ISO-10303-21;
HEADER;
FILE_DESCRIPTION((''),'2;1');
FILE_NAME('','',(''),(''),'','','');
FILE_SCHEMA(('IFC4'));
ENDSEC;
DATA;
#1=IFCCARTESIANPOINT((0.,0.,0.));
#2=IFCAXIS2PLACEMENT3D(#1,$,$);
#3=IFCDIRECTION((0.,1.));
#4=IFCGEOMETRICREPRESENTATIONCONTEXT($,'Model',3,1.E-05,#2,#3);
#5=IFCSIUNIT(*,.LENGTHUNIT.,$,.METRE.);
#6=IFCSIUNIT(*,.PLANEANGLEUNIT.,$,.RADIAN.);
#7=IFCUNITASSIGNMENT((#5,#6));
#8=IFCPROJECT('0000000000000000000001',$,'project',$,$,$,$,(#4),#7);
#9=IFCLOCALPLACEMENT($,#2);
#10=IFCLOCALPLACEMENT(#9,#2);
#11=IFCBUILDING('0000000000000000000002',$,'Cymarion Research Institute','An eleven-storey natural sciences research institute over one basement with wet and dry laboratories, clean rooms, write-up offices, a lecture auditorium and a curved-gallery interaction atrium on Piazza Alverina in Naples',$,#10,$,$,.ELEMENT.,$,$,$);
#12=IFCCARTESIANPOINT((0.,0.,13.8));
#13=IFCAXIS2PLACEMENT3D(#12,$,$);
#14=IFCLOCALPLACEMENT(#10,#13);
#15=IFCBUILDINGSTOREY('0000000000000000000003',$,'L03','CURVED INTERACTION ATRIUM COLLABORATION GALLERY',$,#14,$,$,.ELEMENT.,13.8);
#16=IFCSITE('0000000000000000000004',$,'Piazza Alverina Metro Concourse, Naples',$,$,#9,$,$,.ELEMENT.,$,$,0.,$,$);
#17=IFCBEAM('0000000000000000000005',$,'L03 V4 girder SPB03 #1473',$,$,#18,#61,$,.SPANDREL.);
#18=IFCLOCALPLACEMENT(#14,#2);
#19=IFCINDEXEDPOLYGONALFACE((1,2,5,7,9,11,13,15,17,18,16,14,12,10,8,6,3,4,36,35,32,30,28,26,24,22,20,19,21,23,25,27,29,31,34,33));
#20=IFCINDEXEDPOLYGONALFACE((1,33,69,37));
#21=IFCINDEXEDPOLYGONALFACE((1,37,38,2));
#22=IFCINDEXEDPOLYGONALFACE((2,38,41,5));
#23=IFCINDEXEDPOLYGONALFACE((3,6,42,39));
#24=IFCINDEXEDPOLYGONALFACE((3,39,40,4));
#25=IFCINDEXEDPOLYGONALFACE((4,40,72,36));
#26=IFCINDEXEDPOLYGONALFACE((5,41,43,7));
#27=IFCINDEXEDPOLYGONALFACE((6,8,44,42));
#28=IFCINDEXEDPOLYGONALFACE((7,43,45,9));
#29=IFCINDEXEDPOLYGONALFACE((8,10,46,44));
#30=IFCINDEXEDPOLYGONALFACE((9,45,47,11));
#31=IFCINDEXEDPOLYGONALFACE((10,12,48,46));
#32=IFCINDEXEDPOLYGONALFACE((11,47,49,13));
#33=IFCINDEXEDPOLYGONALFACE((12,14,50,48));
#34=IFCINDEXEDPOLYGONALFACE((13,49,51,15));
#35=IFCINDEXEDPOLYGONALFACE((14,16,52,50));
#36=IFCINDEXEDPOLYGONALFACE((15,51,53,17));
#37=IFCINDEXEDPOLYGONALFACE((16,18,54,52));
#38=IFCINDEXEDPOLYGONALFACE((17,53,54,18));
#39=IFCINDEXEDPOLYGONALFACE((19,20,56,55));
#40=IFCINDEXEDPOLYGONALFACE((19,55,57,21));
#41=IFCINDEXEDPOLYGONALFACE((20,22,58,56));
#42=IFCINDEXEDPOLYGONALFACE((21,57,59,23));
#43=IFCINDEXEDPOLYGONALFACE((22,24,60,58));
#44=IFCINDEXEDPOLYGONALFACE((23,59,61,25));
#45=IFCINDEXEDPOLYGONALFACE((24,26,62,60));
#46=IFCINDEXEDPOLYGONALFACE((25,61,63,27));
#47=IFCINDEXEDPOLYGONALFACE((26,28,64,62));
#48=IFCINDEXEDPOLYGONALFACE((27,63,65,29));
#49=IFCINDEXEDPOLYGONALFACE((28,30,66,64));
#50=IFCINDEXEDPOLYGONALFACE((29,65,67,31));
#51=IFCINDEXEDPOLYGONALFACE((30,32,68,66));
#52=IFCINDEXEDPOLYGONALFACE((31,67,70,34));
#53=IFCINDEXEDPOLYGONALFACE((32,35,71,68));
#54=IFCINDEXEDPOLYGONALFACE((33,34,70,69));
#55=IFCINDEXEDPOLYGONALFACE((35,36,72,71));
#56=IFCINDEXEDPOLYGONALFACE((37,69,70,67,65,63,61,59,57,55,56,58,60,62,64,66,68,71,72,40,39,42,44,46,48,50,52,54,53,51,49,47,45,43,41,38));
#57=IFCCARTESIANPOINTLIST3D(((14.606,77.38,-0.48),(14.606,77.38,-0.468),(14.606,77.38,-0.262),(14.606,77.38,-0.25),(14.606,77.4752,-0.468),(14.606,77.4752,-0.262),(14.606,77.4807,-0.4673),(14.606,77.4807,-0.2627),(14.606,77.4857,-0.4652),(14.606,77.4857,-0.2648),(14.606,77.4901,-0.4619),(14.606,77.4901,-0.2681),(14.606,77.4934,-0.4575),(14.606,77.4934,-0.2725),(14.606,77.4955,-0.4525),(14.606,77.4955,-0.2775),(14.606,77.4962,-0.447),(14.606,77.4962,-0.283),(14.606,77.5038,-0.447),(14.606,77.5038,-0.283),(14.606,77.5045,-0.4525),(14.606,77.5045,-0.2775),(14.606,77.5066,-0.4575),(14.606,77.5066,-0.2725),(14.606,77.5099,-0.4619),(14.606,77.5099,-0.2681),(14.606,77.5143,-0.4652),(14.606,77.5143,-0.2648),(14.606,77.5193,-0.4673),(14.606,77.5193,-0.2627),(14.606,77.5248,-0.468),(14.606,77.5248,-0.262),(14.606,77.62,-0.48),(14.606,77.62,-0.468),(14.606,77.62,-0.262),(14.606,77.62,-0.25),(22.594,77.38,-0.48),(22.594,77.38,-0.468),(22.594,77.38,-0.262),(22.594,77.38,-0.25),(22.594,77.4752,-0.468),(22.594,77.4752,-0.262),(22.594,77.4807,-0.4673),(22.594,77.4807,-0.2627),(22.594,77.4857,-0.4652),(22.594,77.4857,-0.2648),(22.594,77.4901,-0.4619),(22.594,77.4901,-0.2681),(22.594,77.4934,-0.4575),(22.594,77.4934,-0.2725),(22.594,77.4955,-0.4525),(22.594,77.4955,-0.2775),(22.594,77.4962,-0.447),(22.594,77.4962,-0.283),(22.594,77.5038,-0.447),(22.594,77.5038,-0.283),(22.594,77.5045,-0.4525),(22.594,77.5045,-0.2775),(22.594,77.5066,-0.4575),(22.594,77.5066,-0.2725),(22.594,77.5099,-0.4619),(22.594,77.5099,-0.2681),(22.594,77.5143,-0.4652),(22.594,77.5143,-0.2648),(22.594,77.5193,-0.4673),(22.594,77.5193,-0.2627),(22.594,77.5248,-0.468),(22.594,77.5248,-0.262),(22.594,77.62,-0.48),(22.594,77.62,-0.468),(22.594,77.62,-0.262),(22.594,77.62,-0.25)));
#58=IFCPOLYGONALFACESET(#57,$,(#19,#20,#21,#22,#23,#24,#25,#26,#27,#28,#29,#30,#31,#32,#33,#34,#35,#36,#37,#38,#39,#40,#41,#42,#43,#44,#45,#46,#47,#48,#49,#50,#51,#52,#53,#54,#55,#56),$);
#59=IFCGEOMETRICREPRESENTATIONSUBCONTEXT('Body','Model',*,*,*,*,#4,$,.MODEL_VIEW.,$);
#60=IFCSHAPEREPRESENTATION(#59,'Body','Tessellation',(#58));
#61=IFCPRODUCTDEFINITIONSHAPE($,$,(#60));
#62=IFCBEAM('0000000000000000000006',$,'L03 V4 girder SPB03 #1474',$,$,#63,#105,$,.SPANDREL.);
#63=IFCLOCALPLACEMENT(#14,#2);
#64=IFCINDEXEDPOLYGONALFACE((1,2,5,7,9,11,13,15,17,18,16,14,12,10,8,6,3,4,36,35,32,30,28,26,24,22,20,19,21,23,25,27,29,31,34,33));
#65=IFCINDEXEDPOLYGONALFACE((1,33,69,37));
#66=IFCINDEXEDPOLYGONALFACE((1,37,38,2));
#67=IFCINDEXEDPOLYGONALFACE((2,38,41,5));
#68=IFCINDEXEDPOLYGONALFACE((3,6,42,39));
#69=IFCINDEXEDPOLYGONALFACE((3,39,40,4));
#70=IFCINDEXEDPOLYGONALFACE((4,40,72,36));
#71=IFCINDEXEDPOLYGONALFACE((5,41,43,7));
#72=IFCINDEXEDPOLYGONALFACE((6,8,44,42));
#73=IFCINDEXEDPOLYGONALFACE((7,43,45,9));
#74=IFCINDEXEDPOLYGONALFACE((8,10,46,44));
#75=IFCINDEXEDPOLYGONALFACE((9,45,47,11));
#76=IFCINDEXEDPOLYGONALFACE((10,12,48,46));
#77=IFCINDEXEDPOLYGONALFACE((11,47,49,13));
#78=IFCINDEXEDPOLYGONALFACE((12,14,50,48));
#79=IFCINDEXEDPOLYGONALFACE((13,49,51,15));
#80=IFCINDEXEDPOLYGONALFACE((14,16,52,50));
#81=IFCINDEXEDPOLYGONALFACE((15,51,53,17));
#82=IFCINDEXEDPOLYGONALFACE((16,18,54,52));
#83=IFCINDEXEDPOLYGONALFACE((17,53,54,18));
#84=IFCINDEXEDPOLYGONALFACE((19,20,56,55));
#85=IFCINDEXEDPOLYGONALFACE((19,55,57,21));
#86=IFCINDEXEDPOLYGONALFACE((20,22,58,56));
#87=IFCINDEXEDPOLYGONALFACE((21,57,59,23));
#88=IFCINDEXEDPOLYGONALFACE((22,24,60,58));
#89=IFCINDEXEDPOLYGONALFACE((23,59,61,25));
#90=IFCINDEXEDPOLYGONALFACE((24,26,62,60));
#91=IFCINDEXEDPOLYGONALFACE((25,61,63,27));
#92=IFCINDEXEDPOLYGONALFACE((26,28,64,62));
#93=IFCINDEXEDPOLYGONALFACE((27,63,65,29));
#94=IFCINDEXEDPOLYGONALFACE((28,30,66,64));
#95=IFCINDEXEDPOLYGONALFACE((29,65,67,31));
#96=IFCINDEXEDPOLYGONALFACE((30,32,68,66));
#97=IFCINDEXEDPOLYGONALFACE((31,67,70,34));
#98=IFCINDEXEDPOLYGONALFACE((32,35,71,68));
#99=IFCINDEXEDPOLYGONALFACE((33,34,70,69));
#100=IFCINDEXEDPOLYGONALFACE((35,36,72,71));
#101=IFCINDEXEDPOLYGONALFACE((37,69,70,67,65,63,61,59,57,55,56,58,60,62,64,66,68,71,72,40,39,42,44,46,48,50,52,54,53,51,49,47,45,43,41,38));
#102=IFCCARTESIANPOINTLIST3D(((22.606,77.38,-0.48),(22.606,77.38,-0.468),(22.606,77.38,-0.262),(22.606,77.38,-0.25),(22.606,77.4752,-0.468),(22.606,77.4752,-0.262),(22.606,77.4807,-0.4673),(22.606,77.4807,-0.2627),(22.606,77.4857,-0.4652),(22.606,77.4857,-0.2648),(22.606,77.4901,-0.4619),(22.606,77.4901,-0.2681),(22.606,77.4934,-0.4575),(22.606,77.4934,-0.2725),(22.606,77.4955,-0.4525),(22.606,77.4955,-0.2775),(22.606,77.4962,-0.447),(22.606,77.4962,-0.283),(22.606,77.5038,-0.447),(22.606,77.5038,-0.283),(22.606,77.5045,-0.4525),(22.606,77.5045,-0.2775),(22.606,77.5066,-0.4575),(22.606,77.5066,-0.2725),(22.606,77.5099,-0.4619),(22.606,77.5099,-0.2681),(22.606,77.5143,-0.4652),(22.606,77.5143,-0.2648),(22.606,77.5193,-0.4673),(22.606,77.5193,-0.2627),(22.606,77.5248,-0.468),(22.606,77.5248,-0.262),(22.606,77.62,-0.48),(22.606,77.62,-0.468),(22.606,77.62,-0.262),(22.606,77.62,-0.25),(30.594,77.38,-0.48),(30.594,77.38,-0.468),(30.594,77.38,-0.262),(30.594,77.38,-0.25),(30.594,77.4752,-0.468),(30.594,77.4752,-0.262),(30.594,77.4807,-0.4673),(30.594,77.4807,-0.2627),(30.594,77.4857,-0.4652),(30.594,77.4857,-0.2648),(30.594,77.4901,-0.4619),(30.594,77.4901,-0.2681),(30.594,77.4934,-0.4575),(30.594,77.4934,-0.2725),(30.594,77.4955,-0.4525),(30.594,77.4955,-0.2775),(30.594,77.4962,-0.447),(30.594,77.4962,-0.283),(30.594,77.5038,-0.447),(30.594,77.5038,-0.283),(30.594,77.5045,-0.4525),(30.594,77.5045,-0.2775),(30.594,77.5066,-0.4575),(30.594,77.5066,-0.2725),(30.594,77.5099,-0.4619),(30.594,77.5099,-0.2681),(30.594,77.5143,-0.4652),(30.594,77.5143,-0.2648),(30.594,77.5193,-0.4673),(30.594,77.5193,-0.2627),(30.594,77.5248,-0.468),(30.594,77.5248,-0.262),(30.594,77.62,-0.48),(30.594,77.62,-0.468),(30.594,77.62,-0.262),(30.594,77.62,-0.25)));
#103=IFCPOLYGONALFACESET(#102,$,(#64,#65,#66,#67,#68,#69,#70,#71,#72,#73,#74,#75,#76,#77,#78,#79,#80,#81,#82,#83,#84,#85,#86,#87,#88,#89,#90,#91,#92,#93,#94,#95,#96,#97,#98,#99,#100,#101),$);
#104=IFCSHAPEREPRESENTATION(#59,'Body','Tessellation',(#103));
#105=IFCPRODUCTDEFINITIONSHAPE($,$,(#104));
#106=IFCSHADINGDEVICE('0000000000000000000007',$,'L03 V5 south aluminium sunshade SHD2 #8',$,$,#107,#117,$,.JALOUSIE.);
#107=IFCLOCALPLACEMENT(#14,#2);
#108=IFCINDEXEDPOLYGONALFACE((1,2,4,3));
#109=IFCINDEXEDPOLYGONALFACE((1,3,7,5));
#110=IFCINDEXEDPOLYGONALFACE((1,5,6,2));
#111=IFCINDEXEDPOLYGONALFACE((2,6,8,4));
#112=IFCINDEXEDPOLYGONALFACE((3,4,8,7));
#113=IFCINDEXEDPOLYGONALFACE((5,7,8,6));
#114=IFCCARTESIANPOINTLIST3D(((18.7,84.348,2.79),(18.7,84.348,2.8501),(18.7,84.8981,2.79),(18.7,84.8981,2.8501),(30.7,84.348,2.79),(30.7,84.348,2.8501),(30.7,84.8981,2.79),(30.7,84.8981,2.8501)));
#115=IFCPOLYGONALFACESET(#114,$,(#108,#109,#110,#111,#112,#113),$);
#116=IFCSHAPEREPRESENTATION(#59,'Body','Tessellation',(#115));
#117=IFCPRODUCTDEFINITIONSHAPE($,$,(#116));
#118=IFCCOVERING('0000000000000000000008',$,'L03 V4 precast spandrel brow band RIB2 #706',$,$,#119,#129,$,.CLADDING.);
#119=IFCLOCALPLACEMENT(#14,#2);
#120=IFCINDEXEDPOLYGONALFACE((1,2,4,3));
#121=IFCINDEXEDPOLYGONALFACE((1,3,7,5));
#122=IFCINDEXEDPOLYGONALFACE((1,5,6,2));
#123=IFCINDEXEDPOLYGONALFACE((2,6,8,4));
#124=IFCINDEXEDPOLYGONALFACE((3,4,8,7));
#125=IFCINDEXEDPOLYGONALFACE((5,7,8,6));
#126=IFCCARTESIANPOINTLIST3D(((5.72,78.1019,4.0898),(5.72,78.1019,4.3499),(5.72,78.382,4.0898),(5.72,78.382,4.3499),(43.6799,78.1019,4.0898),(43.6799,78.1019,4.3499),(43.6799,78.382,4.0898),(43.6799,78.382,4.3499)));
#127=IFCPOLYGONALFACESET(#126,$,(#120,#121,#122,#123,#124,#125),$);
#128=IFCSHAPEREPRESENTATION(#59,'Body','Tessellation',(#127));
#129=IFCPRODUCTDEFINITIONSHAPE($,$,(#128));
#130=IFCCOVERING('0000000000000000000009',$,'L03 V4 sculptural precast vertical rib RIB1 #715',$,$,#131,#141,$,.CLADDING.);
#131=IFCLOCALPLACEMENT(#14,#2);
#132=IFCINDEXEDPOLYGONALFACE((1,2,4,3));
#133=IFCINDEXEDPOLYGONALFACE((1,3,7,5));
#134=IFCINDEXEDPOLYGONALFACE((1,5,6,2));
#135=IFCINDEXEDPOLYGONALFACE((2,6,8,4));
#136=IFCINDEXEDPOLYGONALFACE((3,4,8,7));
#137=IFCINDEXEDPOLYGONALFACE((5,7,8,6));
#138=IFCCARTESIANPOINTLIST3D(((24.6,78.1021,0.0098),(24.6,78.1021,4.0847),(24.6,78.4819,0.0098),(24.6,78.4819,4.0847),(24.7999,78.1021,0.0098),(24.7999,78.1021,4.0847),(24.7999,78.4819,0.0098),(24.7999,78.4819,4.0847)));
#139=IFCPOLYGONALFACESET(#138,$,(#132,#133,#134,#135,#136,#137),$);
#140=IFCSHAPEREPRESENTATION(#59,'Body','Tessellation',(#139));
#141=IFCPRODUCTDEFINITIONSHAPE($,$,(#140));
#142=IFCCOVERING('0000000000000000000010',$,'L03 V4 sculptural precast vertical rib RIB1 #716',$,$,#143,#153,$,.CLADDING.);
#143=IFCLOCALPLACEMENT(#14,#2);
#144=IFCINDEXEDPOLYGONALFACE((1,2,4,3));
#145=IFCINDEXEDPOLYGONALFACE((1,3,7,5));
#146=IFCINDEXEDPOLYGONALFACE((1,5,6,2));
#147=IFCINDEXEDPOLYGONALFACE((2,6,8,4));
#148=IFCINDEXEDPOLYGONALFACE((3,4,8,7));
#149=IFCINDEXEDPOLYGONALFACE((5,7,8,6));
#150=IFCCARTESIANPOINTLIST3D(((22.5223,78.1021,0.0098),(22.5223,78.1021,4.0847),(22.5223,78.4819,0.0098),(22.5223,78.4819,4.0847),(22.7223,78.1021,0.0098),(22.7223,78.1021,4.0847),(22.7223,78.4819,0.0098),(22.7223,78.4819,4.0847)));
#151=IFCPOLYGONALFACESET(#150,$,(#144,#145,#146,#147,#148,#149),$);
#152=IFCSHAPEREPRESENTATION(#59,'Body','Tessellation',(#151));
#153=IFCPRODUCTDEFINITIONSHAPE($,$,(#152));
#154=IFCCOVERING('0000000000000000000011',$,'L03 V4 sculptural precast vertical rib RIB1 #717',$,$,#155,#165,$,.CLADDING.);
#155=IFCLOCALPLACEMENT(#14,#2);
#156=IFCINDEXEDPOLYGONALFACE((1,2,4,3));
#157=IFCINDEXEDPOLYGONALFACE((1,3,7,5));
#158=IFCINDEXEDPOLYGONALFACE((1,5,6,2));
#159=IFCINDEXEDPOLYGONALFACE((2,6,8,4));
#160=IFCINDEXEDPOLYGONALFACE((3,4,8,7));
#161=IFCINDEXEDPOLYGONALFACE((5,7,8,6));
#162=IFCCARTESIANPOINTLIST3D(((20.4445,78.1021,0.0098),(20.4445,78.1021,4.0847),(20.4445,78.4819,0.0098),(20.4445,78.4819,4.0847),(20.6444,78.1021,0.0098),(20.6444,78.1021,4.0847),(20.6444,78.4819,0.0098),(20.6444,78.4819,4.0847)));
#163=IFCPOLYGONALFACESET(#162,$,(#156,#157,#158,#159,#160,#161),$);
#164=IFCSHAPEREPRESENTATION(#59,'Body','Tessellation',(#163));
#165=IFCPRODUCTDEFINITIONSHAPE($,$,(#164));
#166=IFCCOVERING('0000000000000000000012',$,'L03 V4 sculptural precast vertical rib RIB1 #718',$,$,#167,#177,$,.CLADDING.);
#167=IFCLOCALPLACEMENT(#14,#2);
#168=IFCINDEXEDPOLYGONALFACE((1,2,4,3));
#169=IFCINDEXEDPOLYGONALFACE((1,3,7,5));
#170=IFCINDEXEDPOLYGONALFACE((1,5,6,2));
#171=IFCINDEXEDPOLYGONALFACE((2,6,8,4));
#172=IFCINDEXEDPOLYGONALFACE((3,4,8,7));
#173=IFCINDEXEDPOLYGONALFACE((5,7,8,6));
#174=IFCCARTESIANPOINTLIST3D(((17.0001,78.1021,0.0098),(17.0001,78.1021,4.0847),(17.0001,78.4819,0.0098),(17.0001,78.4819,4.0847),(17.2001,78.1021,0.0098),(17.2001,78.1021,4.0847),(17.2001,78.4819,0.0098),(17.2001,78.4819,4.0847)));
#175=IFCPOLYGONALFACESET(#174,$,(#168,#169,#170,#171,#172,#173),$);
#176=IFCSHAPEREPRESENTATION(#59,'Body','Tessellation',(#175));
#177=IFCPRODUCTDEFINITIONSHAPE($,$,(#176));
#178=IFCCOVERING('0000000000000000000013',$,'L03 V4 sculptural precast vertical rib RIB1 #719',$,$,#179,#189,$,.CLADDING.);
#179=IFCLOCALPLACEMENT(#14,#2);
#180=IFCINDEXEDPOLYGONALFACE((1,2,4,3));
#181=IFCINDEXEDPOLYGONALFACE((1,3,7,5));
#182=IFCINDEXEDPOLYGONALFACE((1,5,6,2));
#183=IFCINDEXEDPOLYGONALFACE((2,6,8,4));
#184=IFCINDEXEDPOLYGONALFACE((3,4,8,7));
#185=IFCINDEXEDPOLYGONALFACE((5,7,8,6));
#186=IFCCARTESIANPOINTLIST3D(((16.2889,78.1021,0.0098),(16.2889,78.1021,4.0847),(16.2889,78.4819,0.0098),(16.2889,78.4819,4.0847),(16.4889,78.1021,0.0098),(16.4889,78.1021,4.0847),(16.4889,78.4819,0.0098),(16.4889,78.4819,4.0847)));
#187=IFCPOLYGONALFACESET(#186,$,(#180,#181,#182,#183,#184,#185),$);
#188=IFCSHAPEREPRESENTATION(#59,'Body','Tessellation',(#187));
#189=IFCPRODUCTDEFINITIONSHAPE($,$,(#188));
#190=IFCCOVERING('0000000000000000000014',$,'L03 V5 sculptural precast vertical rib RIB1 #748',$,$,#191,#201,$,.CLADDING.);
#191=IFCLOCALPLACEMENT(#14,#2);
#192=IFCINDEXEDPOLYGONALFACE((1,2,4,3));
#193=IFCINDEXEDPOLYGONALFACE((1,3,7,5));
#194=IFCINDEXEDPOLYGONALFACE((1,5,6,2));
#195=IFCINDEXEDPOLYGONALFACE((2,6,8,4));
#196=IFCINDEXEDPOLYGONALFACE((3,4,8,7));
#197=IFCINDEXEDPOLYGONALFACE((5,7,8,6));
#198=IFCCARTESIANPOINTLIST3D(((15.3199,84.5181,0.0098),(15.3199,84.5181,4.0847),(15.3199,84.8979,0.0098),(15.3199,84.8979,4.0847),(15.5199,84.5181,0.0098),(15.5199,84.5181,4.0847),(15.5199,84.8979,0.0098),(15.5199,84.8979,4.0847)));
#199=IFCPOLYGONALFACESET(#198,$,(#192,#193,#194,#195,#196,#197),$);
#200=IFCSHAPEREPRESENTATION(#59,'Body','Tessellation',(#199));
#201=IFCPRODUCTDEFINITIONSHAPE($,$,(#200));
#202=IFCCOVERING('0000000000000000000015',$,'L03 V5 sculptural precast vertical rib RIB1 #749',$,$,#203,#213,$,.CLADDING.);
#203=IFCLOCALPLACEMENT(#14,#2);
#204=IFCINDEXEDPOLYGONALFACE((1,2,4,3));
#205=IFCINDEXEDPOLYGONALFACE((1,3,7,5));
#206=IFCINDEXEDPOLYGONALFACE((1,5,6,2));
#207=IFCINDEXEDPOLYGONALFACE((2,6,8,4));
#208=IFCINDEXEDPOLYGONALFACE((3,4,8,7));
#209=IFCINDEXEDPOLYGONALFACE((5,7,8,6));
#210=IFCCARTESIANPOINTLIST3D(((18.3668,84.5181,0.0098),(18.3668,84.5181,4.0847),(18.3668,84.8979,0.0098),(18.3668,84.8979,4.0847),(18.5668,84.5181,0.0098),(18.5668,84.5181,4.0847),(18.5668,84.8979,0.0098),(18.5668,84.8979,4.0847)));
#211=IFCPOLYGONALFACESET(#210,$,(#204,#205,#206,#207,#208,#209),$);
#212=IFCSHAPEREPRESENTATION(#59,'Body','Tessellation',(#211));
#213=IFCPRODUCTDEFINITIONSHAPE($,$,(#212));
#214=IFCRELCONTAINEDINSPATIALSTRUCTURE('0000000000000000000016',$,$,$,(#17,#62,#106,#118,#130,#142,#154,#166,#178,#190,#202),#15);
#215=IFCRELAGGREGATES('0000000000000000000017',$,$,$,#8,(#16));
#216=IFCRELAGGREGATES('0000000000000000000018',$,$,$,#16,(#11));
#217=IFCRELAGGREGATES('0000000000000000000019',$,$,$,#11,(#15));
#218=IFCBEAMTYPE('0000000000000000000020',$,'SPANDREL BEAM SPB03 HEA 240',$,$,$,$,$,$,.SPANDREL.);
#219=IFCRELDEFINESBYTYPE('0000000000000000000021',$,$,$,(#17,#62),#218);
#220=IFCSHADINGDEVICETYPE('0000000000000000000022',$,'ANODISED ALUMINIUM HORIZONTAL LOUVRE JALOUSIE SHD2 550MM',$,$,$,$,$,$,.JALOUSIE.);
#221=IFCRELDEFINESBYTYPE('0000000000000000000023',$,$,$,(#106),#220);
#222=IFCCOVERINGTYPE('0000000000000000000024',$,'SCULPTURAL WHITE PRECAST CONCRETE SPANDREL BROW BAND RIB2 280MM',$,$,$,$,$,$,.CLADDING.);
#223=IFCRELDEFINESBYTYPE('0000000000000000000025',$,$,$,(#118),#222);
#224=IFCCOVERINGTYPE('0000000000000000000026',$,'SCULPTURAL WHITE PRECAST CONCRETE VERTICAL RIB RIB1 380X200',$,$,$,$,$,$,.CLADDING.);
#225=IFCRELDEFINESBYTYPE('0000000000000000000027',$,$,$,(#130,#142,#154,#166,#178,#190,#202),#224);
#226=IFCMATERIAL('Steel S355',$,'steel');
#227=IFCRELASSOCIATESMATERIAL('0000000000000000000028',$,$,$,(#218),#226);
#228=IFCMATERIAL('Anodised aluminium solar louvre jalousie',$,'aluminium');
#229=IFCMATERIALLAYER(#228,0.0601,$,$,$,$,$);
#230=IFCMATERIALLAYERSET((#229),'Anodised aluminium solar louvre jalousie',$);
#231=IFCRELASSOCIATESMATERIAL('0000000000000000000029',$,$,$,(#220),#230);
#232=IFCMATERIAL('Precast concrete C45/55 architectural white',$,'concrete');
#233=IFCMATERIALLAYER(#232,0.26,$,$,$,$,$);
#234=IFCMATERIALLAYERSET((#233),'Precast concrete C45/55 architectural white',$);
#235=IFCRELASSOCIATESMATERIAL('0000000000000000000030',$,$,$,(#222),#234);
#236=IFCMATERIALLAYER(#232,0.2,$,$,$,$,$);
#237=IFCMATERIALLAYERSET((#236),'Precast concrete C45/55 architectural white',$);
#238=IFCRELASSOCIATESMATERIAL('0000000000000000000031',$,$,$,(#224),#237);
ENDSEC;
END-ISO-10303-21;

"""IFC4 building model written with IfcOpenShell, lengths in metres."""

from ifc_helpers import new_model, si_unit, direction, frame, origin, origin_2d, place, context, subcontext, project, spatial, rectangle, i_section, extrude, material, layer, layer_set, material_profile, profile_set, type_object, element, save


model = new_model("IFC4")

# Units and contexts
model_context = context("Model", 3, precision=1e-05, world=origin(), true_north=direction((0.0, 1.0)))
body_context = subcontext(model_context, "Body", "Model", "MODEL_VIEW")
ifc_project = project(units=[si_unit("LENGTHUNIT", "METRE"), si_unit("PLANEANGLEUNIT", "RADIAN")], contexts=[model_context])

# Site, building, storey
site_placement = place(None, origin())
site = spatial("IfcSite", under=ifc_project, at=site_placement, Name="Piazza Alverina Metro Concourse, Naples", CompositionType="ELEMENT", RefElevation=0.0)
building_placement = place(site_placement, origin())
building = spatial("IfcBuilding", under=site, at=building_placement, Name="Cymarion Research Institute", Description="An eleven-storey natural sciences research institute over one basement with wet and dry laboratories, clean rooms, write-up offices, a lecture auditorium and a curved-gallery interaction atrium on Piazza Alverina in Naples", CompositionType="ELEMENT")
storey_placement = place(building_placement, frame((0.0, 0.0, 13.8)))
storey = spatial("IfcBuildingStorey", under=building, at=storey_placement, Name="L03", Description="CURVED INTERACTION ATRIUM COLLABORATION GALLERY", CompositionType="ELEMENT", Elevation=13.8)

# Shared definitions
ifc_material_1 = material(Name="Steel S355", Category="steel")

# Beams
ifc_material_profile_1 = material_profile(ifc_material_1, i_section(OverallWidth=0.24, OverallDepth=0.23, WebThickness=0.0076, FlangeThickness=0.012, FilletRadius=0.021, at=origin_2d()), Name="HEA 240")
ifc_profile_set_1 = profile_set([ifc_material_profile_1], Name="Steel S355")
beam_type_1 = type_object("IfcBeamType", Name="SPANDREL BEAM SPB03 HEA 240", PredefinedType="SPANDREL", material=ifc_profile_set_1)
for number, where, z_axis, x_axis, name in (
    (1, (14.606, 77.5, -0.365), (1.0, 0.0, 0.0), (0.0, 1.0, 0.0), "L03 V4 girder SPB03 #1473"),
    (2, (22.606, 77.5, -0.365), (1.0, 0.0, 0.0), (0.0, 1.0, 0.0), "L03 V4 girder SPB03 #1474"),
):
    element("IfcBeam", number, at=place(storey_placement, frame(where, z_axis=z_axis, x_axis=x_axis)), inside=storey, type_object=beam_type_1, Name=name, PredefinedType="SPANDREL", context=body_context, shape_type="SweptSolid", body=[
        extrude(i_section(OverallWidth=0.24, OverallDepth=0.23, WebThickness=0.0076, FlangeThickness=0.012, FilletRadius=0.021, at=origin_2d()), origin(), (0.0, 0.0, 1.0), 7.988),
    ])

# Shading device
ifc_material_2 = material(Name="Anodised aluminium solar louvre jalousie", Category="aluminium")
ifc_layer_1 = layer(ifc_material_2, 0.0601)
ifc_layer_set_1 = layer_set([ifc_layer_1], Name="Anodised aluminium solar louvre jalousie")
shading_device_type = type_object("IfcShadingDeviceType", Name="ANODISED ALUMINIUM HORIZONTAL LOUVRE JALOUSIE SHD2 550MM", PredefinedType="JALOUSIE", material=ifc_layer_set_1)
shading_device_placement = place(storey_placement, frame((24.7, 84.623, 2.79), z_axis=(0.0, 0.0, 1.0), x_axis=(0.0, -1.0, 0.0)))
element("IfcShadingDevice", 3, at=shading_device_placement, inside=storey, type_object=shading_device_type, Name="L03 V5 south aluminium sunshade SHD2 #8", PredefinedType="JALOUSIE", context=body_context, shape_type="SweptSolid", body=[
    extrude(rectangle(XDim=0.55, YDim=12.0, at=origin_2d()), origin(), (0.0, 0.0, 1.0), 0.0601),
])

# Coverings
ifc_material_3 = material(Name="Precast concrete C45/55 architectural white", Category="concrete")
ifc_layer_2 = layer(ifc_material_3, 0.26)
ifc_layer_set_2 = layer_set([ifc_layer_2], Name="Precast concrete C45/55 architectural white")
covering_type_1 = type_object("IfcCoveringType", Name="SCULPTURAL WHITE PRECAST CONCRETE SPANDREL BROW BAND RIB2 280MM", PredefinedType="CLADDING", material=ifc_layer_set_2)
covering_placement = place(storey_placement, frame((24.7, 78.2419, 4.0898), z_axis=(0.0, 0.0, 1.0), x_axis=(0.0, 1.0, 0.0)))
element("IfcCovering", 4, at=covering_placement, inside=storey, type_object=covering_type_1, Name="L03 V4 precast spandrel brow band RIB2 #706", PredefinedType="CLADDING", context=body_context, shape_type="SweptSolid", body=[
    extrude(rectangle(XDim=0.28, YDim=37.96, at=origin_2d()), origin(), (0.0, 0.0, 1.0), 0.26),
])
ifc_layer_3 = layer(ifc_material_3, 0.2)
ifc_layer_set_3 = layer_set([ifc_layer_3], Name="Precast concrete C45/55 architectural white")
covering_type_2 = type_object("IfcCoveringType", Name="SCULPTURAL WHITE PRECAST CONCRETE VERTICAL RIB RIB1 380X200", PredefinedType="CLADDING", material=ifc_layer_set_3)
for number, where, z_axis, x_axis, name in (
    (5, (24.7, 78.292, 0.0098), (0.0, 0.0, 1.0), (0.0, 1.0, 0.0), "L03 V4 sculptural precast vertical rib RIB1 #715"),
    (6, (22.6223, 78.292, 0.0098), (0.0, 0.0, 1.0), (0.0, 1.0, 0.0), "L03 V4 sculptural precast vertical rib RIB1 #716"),
    (7, (20.5444, 78.292, 0.0098), (0.0, 0.0, 1.0), (0.0, 1.0, 0.0), "L03 V4 sculptural precast vertical rib RIB1 #717"),
    (8, (17.1001, 78.292, 0.0098), (0.0, 0.0, 1.0), (0.0, 1.0, 0.0), "L03 V4 sculptural precast vertical rib RIB1 #718"),
    (9, (16.3889, 78.292, 0.0098), (0.0, 0.0, 1.0), (0.0, 1.0, 0.0), "L03 V4 sculptural precast vertical rib RIB1 #719"),
    (10, (15.4199, 84.708, 0.0098), (0.0, 0.0, 1.0), (0.0, -1.0, 0.0), "L03 V5 sculptural precast vertical rib RIB1 #748"),
    (11, (18.4668, 84.708, 0.0098), (0.0, 0.0, 1.0), (0.0, -1.0, 0.0), "L03 V5 sculptural precast vertical rib RIB1 #749"),
):
    element("IfcCovering", number, at=place(storey_placement, frame(where, z_axis=z_axis, x_axis=x_axis)), inside=storey, type_object=covering_type_2, Name=name, PredefinedType="CLADDING", context=body_context, shape_type="SweptSolid", body=[
        extrude(rectangle(XDim=0.3799, YDim=0.2, at=origin_2d()), origin(), (0.0, 0.0, 1.0), 4.075),
    ])

save(model, "model.ifc")
